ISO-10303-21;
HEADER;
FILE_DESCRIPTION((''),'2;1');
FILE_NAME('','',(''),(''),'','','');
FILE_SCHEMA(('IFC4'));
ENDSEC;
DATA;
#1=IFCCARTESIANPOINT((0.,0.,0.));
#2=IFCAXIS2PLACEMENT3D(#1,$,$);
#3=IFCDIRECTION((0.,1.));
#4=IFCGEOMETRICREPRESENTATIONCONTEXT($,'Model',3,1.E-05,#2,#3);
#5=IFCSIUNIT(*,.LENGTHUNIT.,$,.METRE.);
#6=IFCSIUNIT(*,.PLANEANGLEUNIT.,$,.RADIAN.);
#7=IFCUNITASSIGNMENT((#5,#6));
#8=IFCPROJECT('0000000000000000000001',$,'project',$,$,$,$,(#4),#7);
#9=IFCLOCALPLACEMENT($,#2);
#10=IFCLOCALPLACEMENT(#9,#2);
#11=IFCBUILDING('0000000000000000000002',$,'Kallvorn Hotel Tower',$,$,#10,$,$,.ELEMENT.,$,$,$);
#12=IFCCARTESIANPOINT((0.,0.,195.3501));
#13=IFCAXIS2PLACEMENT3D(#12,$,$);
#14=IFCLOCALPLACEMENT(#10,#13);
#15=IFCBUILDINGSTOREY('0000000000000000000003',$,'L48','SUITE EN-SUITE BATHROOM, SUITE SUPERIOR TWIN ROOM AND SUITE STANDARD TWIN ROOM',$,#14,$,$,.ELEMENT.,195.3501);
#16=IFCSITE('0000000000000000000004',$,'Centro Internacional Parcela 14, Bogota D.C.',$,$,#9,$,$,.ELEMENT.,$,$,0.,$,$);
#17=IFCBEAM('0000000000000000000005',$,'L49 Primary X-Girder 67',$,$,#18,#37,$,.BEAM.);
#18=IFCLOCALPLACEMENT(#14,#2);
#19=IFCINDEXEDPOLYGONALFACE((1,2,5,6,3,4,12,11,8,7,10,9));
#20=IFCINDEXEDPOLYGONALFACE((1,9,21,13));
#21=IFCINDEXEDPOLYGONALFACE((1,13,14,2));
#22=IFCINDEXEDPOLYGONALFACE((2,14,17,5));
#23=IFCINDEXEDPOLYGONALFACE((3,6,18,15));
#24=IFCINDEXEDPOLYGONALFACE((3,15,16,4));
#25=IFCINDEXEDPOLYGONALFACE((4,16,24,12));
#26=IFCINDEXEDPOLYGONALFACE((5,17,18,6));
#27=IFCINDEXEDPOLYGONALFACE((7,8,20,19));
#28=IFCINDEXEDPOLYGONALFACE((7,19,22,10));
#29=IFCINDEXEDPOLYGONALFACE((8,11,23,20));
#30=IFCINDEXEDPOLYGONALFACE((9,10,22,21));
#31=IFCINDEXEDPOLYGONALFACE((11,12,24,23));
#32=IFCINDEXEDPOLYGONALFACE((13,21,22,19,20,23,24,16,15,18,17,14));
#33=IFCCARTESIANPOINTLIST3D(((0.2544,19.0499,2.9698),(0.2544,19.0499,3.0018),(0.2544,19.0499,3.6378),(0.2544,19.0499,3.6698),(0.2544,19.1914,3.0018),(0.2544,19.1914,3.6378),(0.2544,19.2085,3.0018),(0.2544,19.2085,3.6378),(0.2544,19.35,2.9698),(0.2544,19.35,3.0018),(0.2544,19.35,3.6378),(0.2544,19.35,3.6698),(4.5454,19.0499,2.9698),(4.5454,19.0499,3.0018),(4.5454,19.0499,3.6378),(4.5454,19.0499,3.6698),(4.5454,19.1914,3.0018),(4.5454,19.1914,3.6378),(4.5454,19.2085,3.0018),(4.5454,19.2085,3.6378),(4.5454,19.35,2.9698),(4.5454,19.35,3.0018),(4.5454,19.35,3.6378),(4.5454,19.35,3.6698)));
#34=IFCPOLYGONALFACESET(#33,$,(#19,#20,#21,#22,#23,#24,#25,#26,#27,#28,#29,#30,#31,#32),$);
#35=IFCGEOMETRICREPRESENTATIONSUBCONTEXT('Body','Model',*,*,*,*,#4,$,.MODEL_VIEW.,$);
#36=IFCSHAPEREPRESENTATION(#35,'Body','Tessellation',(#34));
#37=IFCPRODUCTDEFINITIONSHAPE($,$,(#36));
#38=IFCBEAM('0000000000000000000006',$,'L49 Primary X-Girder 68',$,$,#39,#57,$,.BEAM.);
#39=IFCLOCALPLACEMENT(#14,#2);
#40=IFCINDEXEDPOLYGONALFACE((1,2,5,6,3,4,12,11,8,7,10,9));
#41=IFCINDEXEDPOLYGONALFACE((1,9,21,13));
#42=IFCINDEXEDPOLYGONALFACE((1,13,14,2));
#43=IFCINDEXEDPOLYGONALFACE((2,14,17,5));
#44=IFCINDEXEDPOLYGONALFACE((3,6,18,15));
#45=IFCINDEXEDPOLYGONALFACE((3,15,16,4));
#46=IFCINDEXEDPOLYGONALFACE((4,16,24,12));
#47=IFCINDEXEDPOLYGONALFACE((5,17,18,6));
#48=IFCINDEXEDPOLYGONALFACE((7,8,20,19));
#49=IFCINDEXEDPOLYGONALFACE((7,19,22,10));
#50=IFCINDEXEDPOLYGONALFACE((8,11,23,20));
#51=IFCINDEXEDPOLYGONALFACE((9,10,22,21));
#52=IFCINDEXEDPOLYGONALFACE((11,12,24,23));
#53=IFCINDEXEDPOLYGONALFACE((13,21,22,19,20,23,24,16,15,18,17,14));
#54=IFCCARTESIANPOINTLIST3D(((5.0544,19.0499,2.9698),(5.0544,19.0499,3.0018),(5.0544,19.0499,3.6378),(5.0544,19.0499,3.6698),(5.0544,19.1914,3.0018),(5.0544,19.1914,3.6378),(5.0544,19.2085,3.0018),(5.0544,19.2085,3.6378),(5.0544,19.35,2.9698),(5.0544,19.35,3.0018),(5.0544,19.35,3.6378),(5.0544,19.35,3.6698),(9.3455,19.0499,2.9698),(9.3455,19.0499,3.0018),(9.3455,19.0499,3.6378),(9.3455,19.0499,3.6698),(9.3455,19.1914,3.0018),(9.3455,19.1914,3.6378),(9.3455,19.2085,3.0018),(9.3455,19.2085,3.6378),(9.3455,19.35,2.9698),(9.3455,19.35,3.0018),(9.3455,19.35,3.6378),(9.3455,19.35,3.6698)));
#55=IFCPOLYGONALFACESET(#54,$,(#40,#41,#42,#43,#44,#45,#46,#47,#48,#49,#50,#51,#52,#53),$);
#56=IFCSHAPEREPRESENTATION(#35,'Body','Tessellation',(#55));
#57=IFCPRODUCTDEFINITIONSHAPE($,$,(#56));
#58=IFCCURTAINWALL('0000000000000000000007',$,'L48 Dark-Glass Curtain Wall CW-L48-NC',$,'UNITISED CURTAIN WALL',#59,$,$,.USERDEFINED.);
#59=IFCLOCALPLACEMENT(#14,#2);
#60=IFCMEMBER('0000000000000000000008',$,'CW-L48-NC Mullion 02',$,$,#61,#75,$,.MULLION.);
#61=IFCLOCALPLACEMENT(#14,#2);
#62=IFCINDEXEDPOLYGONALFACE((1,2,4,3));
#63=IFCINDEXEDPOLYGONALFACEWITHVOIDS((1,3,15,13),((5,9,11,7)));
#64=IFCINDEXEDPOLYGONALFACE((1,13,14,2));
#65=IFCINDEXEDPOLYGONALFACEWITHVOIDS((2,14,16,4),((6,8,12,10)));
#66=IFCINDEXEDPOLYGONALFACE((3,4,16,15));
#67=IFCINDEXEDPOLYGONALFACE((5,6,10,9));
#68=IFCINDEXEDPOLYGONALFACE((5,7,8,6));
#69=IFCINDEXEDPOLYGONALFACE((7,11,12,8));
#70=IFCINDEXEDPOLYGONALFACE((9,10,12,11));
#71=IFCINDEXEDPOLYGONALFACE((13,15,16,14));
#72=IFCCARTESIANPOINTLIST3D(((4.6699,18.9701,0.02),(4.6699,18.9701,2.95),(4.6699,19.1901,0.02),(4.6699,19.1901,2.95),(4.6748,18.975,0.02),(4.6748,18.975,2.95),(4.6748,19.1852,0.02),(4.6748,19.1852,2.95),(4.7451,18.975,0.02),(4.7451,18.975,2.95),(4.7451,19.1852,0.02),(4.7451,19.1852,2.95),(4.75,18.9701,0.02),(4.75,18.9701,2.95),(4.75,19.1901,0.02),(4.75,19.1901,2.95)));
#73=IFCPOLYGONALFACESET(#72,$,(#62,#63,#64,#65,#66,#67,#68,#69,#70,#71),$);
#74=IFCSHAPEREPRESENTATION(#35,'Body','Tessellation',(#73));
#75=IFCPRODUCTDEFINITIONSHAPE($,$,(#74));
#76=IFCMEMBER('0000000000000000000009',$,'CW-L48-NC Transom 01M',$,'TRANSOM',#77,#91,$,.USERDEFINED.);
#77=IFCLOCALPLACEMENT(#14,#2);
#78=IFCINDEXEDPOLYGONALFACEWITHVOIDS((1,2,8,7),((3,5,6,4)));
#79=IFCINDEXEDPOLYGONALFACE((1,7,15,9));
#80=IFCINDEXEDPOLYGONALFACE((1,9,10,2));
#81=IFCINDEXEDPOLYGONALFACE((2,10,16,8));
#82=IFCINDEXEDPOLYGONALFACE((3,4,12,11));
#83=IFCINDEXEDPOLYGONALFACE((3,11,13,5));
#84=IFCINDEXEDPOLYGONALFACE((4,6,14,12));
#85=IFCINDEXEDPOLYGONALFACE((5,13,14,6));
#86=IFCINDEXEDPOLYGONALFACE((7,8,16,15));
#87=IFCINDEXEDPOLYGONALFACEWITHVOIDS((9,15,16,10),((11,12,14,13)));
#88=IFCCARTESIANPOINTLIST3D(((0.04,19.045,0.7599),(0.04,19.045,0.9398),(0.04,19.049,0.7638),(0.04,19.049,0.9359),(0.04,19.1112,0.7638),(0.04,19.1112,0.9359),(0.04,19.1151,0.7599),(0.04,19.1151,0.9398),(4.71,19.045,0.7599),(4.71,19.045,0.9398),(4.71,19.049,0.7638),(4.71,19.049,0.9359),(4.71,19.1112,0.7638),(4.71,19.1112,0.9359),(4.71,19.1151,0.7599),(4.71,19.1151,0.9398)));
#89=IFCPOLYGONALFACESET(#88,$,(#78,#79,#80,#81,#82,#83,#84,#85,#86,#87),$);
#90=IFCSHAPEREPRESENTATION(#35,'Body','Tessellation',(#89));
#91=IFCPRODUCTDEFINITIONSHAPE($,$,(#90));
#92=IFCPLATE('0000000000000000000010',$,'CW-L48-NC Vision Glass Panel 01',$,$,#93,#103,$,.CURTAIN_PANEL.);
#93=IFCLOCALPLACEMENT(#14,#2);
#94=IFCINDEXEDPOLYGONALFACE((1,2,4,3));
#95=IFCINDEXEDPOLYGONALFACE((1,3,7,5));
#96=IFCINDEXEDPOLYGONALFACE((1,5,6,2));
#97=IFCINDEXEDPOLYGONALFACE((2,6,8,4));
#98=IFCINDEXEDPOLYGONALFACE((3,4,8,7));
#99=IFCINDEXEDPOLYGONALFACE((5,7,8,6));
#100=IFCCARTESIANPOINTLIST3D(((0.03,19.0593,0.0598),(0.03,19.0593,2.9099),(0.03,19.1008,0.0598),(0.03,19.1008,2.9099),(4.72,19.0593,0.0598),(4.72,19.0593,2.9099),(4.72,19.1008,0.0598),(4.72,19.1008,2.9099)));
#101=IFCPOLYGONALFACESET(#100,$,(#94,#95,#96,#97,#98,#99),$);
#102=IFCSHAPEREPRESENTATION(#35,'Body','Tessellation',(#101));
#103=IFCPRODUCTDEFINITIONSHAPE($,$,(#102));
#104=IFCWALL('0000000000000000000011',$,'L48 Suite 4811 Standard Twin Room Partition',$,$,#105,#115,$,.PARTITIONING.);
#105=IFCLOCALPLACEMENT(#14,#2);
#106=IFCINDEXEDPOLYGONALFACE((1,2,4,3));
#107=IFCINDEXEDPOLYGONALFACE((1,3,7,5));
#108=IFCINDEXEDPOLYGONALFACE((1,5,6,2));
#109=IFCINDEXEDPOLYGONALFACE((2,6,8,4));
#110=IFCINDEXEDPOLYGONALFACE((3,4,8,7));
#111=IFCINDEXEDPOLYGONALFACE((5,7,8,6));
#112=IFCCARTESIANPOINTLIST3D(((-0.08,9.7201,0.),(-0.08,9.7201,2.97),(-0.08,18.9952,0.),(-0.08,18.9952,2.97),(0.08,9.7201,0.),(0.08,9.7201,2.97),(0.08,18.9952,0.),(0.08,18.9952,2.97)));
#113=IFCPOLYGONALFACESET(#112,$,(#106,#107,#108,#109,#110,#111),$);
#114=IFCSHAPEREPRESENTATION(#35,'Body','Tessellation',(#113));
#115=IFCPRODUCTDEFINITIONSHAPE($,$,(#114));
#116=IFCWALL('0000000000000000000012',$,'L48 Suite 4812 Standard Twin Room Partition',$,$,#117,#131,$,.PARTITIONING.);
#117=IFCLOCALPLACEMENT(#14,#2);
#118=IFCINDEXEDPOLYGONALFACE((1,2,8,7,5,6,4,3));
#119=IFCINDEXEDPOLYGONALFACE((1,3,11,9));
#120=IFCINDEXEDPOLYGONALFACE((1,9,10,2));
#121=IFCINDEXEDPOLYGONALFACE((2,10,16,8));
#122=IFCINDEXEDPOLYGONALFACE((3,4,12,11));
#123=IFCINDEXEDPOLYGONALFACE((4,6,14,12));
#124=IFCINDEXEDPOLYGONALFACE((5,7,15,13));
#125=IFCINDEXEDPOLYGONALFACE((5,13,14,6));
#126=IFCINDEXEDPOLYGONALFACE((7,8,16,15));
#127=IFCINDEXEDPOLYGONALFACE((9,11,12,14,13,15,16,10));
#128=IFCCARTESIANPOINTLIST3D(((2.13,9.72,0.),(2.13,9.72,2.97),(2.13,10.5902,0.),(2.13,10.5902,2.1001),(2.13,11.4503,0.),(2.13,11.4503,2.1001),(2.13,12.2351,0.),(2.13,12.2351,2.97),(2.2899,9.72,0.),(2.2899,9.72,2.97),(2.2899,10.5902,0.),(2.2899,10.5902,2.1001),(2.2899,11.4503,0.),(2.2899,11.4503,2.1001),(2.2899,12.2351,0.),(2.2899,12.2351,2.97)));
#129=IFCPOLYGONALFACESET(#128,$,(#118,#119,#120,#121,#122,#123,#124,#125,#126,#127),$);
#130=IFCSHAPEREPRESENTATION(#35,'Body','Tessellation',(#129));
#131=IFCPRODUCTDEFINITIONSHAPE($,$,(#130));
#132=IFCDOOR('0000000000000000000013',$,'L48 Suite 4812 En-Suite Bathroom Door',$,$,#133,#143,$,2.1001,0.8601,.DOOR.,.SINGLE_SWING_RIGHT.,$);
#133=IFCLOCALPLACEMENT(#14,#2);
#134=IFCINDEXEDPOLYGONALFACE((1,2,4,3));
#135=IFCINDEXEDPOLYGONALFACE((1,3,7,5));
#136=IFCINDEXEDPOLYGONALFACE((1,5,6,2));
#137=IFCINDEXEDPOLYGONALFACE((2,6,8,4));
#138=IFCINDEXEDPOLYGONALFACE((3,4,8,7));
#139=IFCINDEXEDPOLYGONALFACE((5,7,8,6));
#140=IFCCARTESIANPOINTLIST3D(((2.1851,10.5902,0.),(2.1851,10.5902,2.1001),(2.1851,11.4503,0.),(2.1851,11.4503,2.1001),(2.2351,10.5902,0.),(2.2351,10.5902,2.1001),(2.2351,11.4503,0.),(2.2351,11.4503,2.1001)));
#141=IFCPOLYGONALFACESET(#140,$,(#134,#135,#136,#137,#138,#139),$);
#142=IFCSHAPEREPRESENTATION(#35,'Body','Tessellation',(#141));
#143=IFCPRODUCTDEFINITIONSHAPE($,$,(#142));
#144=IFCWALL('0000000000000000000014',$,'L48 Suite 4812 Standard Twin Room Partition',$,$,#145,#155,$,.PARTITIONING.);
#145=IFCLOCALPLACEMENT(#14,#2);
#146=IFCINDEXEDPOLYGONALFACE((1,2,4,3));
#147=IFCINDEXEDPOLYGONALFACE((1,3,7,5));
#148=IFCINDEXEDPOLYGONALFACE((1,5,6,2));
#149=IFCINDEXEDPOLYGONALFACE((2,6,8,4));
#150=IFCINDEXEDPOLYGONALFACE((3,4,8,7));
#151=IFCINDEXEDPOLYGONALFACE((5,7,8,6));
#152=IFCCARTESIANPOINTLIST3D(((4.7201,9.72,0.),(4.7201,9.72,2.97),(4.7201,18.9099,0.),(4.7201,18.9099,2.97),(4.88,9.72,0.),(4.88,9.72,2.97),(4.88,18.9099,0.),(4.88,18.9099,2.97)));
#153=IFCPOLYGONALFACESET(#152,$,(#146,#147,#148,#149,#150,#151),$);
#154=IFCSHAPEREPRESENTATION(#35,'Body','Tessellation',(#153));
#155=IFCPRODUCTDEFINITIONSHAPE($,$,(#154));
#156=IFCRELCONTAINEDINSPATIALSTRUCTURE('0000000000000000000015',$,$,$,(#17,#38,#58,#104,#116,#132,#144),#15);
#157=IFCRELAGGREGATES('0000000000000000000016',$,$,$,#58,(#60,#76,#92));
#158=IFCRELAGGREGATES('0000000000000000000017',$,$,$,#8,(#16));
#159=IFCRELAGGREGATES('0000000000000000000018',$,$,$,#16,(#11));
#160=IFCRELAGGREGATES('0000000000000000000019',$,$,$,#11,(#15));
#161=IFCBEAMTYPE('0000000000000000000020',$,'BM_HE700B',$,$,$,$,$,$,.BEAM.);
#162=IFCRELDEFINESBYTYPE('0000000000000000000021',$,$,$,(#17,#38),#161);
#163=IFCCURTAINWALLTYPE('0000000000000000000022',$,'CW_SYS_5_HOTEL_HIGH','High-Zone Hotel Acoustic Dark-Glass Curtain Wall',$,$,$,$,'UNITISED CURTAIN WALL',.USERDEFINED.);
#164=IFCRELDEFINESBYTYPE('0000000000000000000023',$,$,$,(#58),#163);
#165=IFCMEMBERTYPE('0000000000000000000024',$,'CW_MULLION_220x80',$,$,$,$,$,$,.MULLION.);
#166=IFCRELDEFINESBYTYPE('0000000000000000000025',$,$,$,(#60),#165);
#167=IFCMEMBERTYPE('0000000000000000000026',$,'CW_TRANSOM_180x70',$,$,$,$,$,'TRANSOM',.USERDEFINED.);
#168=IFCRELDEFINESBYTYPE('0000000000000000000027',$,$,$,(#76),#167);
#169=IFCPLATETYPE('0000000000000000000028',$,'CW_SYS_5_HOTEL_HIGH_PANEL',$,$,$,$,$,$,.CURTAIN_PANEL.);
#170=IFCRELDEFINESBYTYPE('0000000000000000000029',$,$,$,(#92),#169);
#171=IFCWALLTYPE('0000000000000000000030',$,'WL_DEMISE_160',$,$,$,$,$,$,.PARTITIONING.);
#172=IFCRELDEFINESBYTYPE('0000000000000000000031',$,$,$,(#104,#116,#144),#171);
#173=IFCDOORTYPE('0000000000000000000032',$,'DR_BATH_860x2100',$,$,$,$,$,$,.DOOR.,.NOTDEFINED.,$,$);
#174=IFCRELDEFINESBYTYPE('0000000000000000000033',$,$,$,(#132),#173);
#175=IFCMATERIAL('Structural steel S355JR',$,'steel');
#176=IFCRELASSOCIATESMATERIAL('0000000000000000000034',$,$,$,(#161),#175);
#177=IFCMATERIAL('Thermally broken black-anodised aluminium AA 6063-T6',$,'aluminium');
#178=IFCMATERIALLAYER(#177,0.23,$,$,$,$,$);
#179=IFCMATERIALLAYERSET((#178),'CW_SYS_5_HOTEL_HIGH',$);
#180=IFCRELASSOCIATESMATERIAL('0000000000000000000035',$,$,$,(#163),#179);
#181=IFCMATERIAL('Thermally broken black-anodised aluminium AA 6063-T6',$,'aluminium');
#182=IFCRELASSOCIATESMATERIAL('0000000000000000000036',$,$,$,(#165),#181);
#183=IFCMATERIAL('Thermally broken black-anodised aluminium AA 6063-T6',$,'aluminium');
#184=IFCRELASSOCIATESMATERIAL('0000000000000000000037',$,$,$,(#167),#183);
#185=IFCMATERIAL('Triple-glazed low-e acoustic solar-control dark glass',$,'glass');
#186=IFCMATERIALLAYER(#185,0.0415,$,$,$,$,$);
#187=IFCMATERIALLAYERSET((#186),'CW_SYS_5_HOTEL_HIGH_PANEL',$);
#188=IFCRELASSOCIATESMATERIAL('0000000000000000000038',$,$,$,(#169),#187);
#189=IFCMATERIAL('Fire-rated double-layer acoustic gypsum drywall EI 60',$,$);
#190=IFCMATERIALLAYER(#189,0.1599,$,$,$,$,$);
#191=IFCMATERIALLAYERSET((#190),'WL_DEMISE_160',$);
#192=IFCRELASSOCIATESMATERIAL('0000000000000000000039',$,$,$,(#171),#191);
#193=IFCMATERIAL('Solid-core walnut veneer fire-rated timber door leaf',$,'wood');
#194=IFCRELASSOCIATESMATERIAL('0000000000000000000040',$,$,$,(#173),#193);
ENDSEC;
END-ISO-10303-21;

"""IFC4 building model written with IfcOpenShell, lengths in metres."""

from ifc_helpers import new_model, si_unit, direction, frame, frame_2d, origin, origin_2d, place, context, subcontext, project, spatial, rectangle, hollow_rectangle, i_section, extrude, material, layer, layer_set, material_profile, profile_set, type_object, element, fill, aggregate, save


model = new_model("IFC4")

# Units and contexts
model_context = context("Model", 3, precision=1e-05, world=origin(), true_north=direction((0.0, 1.0)))
body_context = subcontext(model_context, "Body", "Model", "MODEL_VIEW")
ifc_project = project(units=[si_unit("LENGTHUNIT", "METRE"), si_unit("PLANEANGLEUNIT", "RADIAN")], contexts=[model_context])

# Site, building, storey
site_placement = place(None, origin())
site = spatial("IfcSite", under=ifc_project, at=site_placement, Name="Centro Internacional Parcela 14, Bogota D.C.", CompositionType="ELEMENT", RefElevation=0.0)
building_placement = place(site_placement, origin())
building = spatial("IfcBuilding", under=site, at=building_placement, Name="Kallvorn Hotel Tower", CompositionType="ELEMENT")
storey_placement = place(building_placement, frame((0.0, 0.0, 195.3501)))
storey = spatial("IfcBuildingStorey", under=building, at=storey_placement, Name="L48", Description="SUITE EN-SUITE BATHROOM, SUITE SUPERIOR TWIN ROOM AND SUITE STANDARD TWIN ROOM", CompositionType="ELEMENT", Elevation=195.3501)

# Beams
ifc_material_1 = material(Name="Structural steel S355JR", Category="steel")
ifc_material_profile_1 = material_profile(ifc_material_1, i_section(OverallWidth=0.3, OverallDepth=0.7, WebThickness=0.0171, FlangeThickness=0.032, at=origin_2d()), Name="HE 700 B")
ifc_profile_set_1 = profile_set([ifc_material_profile_1], Name="Structural steel S355JR")
beam_type_1 = type_object("IfcBeamType", Name="BM_HE700B", PredefinedType="BEAM", material=ifc_profile_set_1)
for number, where, z_axis, x_axis, name in (
    (1, (0.2544, 19.2, 3.3198), (1.0, 0.0, 0.0), (0.0, 1.0, 0.0), "L49 Primary X-Girder 67"),
    (2, (5.0544, 19.2, 3.3198), (1.0, 0.0, 0.0), (0.0, 1.0, 0.0), "L49 Primary X-Girder 68"),
):
    element("IfcBeam", number, at=place(storey_placement, frame(where, z_axis=z_axis, x_axis=x_axis)), inside=storey, type_object=beam_type_1, Name=name, PredefinedType="BEAM", context=body_context, shape_type="SweptSolid", body=[
        extrude(i_section(OverallWidth=0.3, OverallDepth=0.7, WebThickness=0.0171, FlangeThickness=0.032, at=origin_2d()), origin(), (0.0, 0.0, 1.0), 4.291),
    ])

# Curtain wall, members, plate
ifc_material_2 = material(Name="Thermally broken black-anodised aluminium AA 6063-T6", Category="aluminium")
ifc_layer_1 = layer(ifc_material_2, 0.23)
ifc_layer_set_1 = layer_set([ifc_layer_1], Name="CW_SYS_5_HOTEL_HIGH")
curtain_wall_type = type_object("IfcCurtainWallType", Name="CW_SYS_5_HOTEL_HIGH", Description="High-Zone Hotel Acoustic Dark-Glass Curtain Wall", ElementType="UNITISED CURTAIN WALL", PredefinedType="USERDEFINED", material=ifc_layer_set_1)
curtain_wall_placement = place(storey_placement, origin())
curtain_wall = element("IfcCurtainWall", 3, at=curtain_wall_placement, inside=storey, type_object=curtain_wall_type, Name="L48 Dark-Glass Curtain Wall CW-L48-NC", ObjectType="UNITISED CURTAIN WALL", PredefinedType="USERDEFINED")
ifc_material_3 = material(Name="Thermally broken black-anodised aluminium AA 6063-T6", Category="aluminium")
ifc_material_profile_2 = material_profile(ifc_material_3, hollow_rectangle(XDim=0.0801, YDim=0.22, WallThickness=0.0049, at=origin_2d()), Name="MUL 220x80")
ifc_profile_set_2 = profile_set([ifc_material_profile_2], Name="Thermally broken black-anodised aluminium AA 6063-T6")
member_type_1 = type_object("IfcMemberType", Name="CW_MULLION_220x80", PredefinedType="MULLION", material=ifc_profile_set_2)
member_1_placement = place(storey_placement, frame((4.71, 19.0801, 0.02), z_axis=(0.0, 0.0, 1.0), x_axis=(1.0, 0.0, 0.0)))
member_1 = element("IfcMember", 4, at=member_1_placement, type_object=member_type_1, Name="CW-L48-NC Mullion 02", PredefinedType="MULLION", context=body_context, shape_type="SweptSolid", body=[
    extrude(hollow_rectangle(XDim=0.0801, YDim=0.22, WallThickness=0.0049, at=origin_2d()), origin(), (0.0, 0.0, 1.0), 2.9299),
])
ifc_material_4 = material(Name="Thermally broken black-anodised aluminium AA 6063-T6", Category="aluminium")
ifc_material_profile_3 = material_profile(ifc_material_4, hollow_rectangle(XDim=0.0701, YDim=0.1799, WallThickness=0.0039, at=origin_2d()), Name="TRN 180x70")
ifc_profile_set_3 = profile_set([ifc_material_profile_3], Name="Thermally broken black-anodised aluminium AA 6063-T6")
member_type_2 = type_object("IfcMemberType", Name="CW_TRANSOM_180x70", ElementType="TRANSOM", PredefinedType="USERDEFINED", material=ifc_profile_set_3)
member_2_placement = place(storey_placement, frame((0.04, 19.0801, 0.8499), z_axis=(1.0, 0.0, 0.0), x_axis=(0.0, 1.0, 0.0)))
member_2 = element("IfcMember", 5, at=member_2_placement, type_object=member_type_2, Name="CW-L48-NC Transom 01M", ObjectType="TRANSOM", PredefinedType="USERDEFINED", context=body_context, shape_type="SweptSolid", body=[
    extrude(hollow_rectangle(XDim=0.0701, YDim=0.1799, WallThickness=0.0039, at=origin_2d()), origin(), (0.0, 0.0, 1.0), 4.6699),
])
ifc_material_5 = material(Name="Triple-glazed low-e acoustic solar-control dark glass", Category="glass")
ifc_layer_2 = layer(ifc_material_5, 0.0415)
ifc_layer_set_2 = layer_set([ifc_layer_2], Name="CW_SYS_5_HOTEL_HIGH_PANEL")
plate_type = type_object("IfcPlateType", Name="CW_SYS_5_HOTEL_HIGH_PANEL", PredefinedType="CURTAIN_PANEL", material=ifc_layer_set_2)
plate_placement = place(storey_placement, frame((2.375, 19.0801, 0.0598), z_axis=(0.0, 0.0, 1.0), x_axis=(1.0, 0.0, 0.0)))
plate = element("IfcPlate", 6, at=plate_placement, type_object=plate_type, Name="CW-L48-NC Vision Glass Panel 01", PredefinedType="CURTAIN_PANEL", context=body_context, shape_type="SweptSolid", body=[
    extrude(rectangle(XDim=4.6899, YDim=0.0415, at=origin_2d()), origin(), (0.0, 0.0, 1.0), 2.8501),
])
aggregate(curtain_wall, [member_1, member_2, plate])

# Wall
ifc_material_6 = material(Name="Fire-rated double-layer acoustic gypsum drywall EI 60")
ifc_layer_3 = layer(ifc_material_6, 0.1599)
ifc_layer_set_3 = layer_set([ifc_layer_3], Name="WL_DEMISE_160")
wall_type_1 = type_object("IfcWallType", Name="WL_DEMISE_160", PredefinedType="PARTITIONING", material=ifc_layer_set_3)
wall_1_placement = place(storey_placement, frame((0.0, 9.72, 0.0), z_axis=(0.0, 0.0, 1.0), x_axis=(0.0, 1.0, 0.0)))
element("IfcWall", 7, at=wall_1_placement, inside=storey, type_object=wall_type_1, Name="L48 Suite 4811 Standard Twin Room Partition", PredefinedType="PARTITIONING", context=body_context, shape_type="SweptSolid", body=[
    extrude(rectangle(XDim=9.2751, YDim=0.1599, at=frame_2d((4.6377, 0.0))), origin(), (0.0, 0.0, 1.0), 2.97),
])

# Wall, opening, door
wall_2_placement = place(storey_placement, frame((2.21, 9.72, 0.0), z_axis=(0.0, 0.0, 1.0), x_axis=(0.0, 1.0, 0.0)))
wall_2 = element("IfcWall", 8, at=wall_2_placement, inside=storey, type_object=wall_type_1, Name="L48 Suite 4812 Standard Twin Room Partition", PredefinedType="PARTITIONING", context=body_context, shape_type="SweptSolid", body=[
    extrude(rectangle(XDim=2.5151, YDim=0.1599, at=frame_2d((1.2576, 0.0))), origin(), (0.0, 0.0, 1.0), 2.97),
])
opening_1_placement = place(wall_2_placement, frame((0.8701, 0.0, 0.0)))
opening_1 = element("IfcOpeningElement", 9, at=opening_1_placement, cuts=wall_2, PredefinedType="OPENING", context=body_context, shape_type="SweptSolid", body=[
    extrude(rectangle(XDim=0.8601, YDim=2.1001, at=frame_2d((0.4302, 1.05))), frame((0.0, 0.095, 0.0), z_axis=(0.0, -1.0, 0.0), x_axis=(1.0, 0.0, 0.0)), (0.0, 0.0, 1.0), 0.1899),
])
ifc_material_7 = material(Name="Solid-core walnut veneer fire-rated timber door leaf", Category="wood")
door_type = type_object("IfcDoorType", Name="DR_BATH_860x2100", OperationType="NOTDEFINED", PredefinedType="DOOR", material=ifc_material_7)
door_placement = place(opening_1_placement, origin())
door = element("IfcDoor", 10, at=door_placement, inside=storey, type_object=door_type, Name="L48 Suite 4812 En-Suite Bathroom Door", OperationType="SINGLE_SWING_RIGHT", OverallHeight=2.1001, OverallWidth=0.8601, PredefinedType="DOOR", context=body_context, shape_type="SweptSolid", body=[
    extrude(rectangle(XDim=0.8601, YDim=2.1001, at=frame_2d((0.4302, 1.05))), frame((0.0, 0.0249, 0.0), z_axis=(0.0, -1.0, 0.0), x_axis=(1.0, 0.0, 0.0)), (0.0, 0.0, 1.0), 0.05),
])
fill(opening_1, door)

# Wall
wall_3_placement = place(storey_placement, frame((4.8, 9.72, 0.0), z_axis=(0.0, 0.0, 1.0), x_axis=(0.0, 1.0, 0.0)))
element("IfcWall", 11, at=wall_3_placement, inside=storey, type_object=wall_type_1, Name="L48 Suite 4812 Standard Twin Room Partition", PredefinedType="PARTITIONING", context=body_context, shape_type="SweptSolid", body=[
    extrude(rectangle(XDim=9.1899, YDim=0.1599, at=frame_2d((4.595, 0.0))), origin(), (0.0, 0.0, 1.0), 2.97),
])

save(model, "model.ifc")
